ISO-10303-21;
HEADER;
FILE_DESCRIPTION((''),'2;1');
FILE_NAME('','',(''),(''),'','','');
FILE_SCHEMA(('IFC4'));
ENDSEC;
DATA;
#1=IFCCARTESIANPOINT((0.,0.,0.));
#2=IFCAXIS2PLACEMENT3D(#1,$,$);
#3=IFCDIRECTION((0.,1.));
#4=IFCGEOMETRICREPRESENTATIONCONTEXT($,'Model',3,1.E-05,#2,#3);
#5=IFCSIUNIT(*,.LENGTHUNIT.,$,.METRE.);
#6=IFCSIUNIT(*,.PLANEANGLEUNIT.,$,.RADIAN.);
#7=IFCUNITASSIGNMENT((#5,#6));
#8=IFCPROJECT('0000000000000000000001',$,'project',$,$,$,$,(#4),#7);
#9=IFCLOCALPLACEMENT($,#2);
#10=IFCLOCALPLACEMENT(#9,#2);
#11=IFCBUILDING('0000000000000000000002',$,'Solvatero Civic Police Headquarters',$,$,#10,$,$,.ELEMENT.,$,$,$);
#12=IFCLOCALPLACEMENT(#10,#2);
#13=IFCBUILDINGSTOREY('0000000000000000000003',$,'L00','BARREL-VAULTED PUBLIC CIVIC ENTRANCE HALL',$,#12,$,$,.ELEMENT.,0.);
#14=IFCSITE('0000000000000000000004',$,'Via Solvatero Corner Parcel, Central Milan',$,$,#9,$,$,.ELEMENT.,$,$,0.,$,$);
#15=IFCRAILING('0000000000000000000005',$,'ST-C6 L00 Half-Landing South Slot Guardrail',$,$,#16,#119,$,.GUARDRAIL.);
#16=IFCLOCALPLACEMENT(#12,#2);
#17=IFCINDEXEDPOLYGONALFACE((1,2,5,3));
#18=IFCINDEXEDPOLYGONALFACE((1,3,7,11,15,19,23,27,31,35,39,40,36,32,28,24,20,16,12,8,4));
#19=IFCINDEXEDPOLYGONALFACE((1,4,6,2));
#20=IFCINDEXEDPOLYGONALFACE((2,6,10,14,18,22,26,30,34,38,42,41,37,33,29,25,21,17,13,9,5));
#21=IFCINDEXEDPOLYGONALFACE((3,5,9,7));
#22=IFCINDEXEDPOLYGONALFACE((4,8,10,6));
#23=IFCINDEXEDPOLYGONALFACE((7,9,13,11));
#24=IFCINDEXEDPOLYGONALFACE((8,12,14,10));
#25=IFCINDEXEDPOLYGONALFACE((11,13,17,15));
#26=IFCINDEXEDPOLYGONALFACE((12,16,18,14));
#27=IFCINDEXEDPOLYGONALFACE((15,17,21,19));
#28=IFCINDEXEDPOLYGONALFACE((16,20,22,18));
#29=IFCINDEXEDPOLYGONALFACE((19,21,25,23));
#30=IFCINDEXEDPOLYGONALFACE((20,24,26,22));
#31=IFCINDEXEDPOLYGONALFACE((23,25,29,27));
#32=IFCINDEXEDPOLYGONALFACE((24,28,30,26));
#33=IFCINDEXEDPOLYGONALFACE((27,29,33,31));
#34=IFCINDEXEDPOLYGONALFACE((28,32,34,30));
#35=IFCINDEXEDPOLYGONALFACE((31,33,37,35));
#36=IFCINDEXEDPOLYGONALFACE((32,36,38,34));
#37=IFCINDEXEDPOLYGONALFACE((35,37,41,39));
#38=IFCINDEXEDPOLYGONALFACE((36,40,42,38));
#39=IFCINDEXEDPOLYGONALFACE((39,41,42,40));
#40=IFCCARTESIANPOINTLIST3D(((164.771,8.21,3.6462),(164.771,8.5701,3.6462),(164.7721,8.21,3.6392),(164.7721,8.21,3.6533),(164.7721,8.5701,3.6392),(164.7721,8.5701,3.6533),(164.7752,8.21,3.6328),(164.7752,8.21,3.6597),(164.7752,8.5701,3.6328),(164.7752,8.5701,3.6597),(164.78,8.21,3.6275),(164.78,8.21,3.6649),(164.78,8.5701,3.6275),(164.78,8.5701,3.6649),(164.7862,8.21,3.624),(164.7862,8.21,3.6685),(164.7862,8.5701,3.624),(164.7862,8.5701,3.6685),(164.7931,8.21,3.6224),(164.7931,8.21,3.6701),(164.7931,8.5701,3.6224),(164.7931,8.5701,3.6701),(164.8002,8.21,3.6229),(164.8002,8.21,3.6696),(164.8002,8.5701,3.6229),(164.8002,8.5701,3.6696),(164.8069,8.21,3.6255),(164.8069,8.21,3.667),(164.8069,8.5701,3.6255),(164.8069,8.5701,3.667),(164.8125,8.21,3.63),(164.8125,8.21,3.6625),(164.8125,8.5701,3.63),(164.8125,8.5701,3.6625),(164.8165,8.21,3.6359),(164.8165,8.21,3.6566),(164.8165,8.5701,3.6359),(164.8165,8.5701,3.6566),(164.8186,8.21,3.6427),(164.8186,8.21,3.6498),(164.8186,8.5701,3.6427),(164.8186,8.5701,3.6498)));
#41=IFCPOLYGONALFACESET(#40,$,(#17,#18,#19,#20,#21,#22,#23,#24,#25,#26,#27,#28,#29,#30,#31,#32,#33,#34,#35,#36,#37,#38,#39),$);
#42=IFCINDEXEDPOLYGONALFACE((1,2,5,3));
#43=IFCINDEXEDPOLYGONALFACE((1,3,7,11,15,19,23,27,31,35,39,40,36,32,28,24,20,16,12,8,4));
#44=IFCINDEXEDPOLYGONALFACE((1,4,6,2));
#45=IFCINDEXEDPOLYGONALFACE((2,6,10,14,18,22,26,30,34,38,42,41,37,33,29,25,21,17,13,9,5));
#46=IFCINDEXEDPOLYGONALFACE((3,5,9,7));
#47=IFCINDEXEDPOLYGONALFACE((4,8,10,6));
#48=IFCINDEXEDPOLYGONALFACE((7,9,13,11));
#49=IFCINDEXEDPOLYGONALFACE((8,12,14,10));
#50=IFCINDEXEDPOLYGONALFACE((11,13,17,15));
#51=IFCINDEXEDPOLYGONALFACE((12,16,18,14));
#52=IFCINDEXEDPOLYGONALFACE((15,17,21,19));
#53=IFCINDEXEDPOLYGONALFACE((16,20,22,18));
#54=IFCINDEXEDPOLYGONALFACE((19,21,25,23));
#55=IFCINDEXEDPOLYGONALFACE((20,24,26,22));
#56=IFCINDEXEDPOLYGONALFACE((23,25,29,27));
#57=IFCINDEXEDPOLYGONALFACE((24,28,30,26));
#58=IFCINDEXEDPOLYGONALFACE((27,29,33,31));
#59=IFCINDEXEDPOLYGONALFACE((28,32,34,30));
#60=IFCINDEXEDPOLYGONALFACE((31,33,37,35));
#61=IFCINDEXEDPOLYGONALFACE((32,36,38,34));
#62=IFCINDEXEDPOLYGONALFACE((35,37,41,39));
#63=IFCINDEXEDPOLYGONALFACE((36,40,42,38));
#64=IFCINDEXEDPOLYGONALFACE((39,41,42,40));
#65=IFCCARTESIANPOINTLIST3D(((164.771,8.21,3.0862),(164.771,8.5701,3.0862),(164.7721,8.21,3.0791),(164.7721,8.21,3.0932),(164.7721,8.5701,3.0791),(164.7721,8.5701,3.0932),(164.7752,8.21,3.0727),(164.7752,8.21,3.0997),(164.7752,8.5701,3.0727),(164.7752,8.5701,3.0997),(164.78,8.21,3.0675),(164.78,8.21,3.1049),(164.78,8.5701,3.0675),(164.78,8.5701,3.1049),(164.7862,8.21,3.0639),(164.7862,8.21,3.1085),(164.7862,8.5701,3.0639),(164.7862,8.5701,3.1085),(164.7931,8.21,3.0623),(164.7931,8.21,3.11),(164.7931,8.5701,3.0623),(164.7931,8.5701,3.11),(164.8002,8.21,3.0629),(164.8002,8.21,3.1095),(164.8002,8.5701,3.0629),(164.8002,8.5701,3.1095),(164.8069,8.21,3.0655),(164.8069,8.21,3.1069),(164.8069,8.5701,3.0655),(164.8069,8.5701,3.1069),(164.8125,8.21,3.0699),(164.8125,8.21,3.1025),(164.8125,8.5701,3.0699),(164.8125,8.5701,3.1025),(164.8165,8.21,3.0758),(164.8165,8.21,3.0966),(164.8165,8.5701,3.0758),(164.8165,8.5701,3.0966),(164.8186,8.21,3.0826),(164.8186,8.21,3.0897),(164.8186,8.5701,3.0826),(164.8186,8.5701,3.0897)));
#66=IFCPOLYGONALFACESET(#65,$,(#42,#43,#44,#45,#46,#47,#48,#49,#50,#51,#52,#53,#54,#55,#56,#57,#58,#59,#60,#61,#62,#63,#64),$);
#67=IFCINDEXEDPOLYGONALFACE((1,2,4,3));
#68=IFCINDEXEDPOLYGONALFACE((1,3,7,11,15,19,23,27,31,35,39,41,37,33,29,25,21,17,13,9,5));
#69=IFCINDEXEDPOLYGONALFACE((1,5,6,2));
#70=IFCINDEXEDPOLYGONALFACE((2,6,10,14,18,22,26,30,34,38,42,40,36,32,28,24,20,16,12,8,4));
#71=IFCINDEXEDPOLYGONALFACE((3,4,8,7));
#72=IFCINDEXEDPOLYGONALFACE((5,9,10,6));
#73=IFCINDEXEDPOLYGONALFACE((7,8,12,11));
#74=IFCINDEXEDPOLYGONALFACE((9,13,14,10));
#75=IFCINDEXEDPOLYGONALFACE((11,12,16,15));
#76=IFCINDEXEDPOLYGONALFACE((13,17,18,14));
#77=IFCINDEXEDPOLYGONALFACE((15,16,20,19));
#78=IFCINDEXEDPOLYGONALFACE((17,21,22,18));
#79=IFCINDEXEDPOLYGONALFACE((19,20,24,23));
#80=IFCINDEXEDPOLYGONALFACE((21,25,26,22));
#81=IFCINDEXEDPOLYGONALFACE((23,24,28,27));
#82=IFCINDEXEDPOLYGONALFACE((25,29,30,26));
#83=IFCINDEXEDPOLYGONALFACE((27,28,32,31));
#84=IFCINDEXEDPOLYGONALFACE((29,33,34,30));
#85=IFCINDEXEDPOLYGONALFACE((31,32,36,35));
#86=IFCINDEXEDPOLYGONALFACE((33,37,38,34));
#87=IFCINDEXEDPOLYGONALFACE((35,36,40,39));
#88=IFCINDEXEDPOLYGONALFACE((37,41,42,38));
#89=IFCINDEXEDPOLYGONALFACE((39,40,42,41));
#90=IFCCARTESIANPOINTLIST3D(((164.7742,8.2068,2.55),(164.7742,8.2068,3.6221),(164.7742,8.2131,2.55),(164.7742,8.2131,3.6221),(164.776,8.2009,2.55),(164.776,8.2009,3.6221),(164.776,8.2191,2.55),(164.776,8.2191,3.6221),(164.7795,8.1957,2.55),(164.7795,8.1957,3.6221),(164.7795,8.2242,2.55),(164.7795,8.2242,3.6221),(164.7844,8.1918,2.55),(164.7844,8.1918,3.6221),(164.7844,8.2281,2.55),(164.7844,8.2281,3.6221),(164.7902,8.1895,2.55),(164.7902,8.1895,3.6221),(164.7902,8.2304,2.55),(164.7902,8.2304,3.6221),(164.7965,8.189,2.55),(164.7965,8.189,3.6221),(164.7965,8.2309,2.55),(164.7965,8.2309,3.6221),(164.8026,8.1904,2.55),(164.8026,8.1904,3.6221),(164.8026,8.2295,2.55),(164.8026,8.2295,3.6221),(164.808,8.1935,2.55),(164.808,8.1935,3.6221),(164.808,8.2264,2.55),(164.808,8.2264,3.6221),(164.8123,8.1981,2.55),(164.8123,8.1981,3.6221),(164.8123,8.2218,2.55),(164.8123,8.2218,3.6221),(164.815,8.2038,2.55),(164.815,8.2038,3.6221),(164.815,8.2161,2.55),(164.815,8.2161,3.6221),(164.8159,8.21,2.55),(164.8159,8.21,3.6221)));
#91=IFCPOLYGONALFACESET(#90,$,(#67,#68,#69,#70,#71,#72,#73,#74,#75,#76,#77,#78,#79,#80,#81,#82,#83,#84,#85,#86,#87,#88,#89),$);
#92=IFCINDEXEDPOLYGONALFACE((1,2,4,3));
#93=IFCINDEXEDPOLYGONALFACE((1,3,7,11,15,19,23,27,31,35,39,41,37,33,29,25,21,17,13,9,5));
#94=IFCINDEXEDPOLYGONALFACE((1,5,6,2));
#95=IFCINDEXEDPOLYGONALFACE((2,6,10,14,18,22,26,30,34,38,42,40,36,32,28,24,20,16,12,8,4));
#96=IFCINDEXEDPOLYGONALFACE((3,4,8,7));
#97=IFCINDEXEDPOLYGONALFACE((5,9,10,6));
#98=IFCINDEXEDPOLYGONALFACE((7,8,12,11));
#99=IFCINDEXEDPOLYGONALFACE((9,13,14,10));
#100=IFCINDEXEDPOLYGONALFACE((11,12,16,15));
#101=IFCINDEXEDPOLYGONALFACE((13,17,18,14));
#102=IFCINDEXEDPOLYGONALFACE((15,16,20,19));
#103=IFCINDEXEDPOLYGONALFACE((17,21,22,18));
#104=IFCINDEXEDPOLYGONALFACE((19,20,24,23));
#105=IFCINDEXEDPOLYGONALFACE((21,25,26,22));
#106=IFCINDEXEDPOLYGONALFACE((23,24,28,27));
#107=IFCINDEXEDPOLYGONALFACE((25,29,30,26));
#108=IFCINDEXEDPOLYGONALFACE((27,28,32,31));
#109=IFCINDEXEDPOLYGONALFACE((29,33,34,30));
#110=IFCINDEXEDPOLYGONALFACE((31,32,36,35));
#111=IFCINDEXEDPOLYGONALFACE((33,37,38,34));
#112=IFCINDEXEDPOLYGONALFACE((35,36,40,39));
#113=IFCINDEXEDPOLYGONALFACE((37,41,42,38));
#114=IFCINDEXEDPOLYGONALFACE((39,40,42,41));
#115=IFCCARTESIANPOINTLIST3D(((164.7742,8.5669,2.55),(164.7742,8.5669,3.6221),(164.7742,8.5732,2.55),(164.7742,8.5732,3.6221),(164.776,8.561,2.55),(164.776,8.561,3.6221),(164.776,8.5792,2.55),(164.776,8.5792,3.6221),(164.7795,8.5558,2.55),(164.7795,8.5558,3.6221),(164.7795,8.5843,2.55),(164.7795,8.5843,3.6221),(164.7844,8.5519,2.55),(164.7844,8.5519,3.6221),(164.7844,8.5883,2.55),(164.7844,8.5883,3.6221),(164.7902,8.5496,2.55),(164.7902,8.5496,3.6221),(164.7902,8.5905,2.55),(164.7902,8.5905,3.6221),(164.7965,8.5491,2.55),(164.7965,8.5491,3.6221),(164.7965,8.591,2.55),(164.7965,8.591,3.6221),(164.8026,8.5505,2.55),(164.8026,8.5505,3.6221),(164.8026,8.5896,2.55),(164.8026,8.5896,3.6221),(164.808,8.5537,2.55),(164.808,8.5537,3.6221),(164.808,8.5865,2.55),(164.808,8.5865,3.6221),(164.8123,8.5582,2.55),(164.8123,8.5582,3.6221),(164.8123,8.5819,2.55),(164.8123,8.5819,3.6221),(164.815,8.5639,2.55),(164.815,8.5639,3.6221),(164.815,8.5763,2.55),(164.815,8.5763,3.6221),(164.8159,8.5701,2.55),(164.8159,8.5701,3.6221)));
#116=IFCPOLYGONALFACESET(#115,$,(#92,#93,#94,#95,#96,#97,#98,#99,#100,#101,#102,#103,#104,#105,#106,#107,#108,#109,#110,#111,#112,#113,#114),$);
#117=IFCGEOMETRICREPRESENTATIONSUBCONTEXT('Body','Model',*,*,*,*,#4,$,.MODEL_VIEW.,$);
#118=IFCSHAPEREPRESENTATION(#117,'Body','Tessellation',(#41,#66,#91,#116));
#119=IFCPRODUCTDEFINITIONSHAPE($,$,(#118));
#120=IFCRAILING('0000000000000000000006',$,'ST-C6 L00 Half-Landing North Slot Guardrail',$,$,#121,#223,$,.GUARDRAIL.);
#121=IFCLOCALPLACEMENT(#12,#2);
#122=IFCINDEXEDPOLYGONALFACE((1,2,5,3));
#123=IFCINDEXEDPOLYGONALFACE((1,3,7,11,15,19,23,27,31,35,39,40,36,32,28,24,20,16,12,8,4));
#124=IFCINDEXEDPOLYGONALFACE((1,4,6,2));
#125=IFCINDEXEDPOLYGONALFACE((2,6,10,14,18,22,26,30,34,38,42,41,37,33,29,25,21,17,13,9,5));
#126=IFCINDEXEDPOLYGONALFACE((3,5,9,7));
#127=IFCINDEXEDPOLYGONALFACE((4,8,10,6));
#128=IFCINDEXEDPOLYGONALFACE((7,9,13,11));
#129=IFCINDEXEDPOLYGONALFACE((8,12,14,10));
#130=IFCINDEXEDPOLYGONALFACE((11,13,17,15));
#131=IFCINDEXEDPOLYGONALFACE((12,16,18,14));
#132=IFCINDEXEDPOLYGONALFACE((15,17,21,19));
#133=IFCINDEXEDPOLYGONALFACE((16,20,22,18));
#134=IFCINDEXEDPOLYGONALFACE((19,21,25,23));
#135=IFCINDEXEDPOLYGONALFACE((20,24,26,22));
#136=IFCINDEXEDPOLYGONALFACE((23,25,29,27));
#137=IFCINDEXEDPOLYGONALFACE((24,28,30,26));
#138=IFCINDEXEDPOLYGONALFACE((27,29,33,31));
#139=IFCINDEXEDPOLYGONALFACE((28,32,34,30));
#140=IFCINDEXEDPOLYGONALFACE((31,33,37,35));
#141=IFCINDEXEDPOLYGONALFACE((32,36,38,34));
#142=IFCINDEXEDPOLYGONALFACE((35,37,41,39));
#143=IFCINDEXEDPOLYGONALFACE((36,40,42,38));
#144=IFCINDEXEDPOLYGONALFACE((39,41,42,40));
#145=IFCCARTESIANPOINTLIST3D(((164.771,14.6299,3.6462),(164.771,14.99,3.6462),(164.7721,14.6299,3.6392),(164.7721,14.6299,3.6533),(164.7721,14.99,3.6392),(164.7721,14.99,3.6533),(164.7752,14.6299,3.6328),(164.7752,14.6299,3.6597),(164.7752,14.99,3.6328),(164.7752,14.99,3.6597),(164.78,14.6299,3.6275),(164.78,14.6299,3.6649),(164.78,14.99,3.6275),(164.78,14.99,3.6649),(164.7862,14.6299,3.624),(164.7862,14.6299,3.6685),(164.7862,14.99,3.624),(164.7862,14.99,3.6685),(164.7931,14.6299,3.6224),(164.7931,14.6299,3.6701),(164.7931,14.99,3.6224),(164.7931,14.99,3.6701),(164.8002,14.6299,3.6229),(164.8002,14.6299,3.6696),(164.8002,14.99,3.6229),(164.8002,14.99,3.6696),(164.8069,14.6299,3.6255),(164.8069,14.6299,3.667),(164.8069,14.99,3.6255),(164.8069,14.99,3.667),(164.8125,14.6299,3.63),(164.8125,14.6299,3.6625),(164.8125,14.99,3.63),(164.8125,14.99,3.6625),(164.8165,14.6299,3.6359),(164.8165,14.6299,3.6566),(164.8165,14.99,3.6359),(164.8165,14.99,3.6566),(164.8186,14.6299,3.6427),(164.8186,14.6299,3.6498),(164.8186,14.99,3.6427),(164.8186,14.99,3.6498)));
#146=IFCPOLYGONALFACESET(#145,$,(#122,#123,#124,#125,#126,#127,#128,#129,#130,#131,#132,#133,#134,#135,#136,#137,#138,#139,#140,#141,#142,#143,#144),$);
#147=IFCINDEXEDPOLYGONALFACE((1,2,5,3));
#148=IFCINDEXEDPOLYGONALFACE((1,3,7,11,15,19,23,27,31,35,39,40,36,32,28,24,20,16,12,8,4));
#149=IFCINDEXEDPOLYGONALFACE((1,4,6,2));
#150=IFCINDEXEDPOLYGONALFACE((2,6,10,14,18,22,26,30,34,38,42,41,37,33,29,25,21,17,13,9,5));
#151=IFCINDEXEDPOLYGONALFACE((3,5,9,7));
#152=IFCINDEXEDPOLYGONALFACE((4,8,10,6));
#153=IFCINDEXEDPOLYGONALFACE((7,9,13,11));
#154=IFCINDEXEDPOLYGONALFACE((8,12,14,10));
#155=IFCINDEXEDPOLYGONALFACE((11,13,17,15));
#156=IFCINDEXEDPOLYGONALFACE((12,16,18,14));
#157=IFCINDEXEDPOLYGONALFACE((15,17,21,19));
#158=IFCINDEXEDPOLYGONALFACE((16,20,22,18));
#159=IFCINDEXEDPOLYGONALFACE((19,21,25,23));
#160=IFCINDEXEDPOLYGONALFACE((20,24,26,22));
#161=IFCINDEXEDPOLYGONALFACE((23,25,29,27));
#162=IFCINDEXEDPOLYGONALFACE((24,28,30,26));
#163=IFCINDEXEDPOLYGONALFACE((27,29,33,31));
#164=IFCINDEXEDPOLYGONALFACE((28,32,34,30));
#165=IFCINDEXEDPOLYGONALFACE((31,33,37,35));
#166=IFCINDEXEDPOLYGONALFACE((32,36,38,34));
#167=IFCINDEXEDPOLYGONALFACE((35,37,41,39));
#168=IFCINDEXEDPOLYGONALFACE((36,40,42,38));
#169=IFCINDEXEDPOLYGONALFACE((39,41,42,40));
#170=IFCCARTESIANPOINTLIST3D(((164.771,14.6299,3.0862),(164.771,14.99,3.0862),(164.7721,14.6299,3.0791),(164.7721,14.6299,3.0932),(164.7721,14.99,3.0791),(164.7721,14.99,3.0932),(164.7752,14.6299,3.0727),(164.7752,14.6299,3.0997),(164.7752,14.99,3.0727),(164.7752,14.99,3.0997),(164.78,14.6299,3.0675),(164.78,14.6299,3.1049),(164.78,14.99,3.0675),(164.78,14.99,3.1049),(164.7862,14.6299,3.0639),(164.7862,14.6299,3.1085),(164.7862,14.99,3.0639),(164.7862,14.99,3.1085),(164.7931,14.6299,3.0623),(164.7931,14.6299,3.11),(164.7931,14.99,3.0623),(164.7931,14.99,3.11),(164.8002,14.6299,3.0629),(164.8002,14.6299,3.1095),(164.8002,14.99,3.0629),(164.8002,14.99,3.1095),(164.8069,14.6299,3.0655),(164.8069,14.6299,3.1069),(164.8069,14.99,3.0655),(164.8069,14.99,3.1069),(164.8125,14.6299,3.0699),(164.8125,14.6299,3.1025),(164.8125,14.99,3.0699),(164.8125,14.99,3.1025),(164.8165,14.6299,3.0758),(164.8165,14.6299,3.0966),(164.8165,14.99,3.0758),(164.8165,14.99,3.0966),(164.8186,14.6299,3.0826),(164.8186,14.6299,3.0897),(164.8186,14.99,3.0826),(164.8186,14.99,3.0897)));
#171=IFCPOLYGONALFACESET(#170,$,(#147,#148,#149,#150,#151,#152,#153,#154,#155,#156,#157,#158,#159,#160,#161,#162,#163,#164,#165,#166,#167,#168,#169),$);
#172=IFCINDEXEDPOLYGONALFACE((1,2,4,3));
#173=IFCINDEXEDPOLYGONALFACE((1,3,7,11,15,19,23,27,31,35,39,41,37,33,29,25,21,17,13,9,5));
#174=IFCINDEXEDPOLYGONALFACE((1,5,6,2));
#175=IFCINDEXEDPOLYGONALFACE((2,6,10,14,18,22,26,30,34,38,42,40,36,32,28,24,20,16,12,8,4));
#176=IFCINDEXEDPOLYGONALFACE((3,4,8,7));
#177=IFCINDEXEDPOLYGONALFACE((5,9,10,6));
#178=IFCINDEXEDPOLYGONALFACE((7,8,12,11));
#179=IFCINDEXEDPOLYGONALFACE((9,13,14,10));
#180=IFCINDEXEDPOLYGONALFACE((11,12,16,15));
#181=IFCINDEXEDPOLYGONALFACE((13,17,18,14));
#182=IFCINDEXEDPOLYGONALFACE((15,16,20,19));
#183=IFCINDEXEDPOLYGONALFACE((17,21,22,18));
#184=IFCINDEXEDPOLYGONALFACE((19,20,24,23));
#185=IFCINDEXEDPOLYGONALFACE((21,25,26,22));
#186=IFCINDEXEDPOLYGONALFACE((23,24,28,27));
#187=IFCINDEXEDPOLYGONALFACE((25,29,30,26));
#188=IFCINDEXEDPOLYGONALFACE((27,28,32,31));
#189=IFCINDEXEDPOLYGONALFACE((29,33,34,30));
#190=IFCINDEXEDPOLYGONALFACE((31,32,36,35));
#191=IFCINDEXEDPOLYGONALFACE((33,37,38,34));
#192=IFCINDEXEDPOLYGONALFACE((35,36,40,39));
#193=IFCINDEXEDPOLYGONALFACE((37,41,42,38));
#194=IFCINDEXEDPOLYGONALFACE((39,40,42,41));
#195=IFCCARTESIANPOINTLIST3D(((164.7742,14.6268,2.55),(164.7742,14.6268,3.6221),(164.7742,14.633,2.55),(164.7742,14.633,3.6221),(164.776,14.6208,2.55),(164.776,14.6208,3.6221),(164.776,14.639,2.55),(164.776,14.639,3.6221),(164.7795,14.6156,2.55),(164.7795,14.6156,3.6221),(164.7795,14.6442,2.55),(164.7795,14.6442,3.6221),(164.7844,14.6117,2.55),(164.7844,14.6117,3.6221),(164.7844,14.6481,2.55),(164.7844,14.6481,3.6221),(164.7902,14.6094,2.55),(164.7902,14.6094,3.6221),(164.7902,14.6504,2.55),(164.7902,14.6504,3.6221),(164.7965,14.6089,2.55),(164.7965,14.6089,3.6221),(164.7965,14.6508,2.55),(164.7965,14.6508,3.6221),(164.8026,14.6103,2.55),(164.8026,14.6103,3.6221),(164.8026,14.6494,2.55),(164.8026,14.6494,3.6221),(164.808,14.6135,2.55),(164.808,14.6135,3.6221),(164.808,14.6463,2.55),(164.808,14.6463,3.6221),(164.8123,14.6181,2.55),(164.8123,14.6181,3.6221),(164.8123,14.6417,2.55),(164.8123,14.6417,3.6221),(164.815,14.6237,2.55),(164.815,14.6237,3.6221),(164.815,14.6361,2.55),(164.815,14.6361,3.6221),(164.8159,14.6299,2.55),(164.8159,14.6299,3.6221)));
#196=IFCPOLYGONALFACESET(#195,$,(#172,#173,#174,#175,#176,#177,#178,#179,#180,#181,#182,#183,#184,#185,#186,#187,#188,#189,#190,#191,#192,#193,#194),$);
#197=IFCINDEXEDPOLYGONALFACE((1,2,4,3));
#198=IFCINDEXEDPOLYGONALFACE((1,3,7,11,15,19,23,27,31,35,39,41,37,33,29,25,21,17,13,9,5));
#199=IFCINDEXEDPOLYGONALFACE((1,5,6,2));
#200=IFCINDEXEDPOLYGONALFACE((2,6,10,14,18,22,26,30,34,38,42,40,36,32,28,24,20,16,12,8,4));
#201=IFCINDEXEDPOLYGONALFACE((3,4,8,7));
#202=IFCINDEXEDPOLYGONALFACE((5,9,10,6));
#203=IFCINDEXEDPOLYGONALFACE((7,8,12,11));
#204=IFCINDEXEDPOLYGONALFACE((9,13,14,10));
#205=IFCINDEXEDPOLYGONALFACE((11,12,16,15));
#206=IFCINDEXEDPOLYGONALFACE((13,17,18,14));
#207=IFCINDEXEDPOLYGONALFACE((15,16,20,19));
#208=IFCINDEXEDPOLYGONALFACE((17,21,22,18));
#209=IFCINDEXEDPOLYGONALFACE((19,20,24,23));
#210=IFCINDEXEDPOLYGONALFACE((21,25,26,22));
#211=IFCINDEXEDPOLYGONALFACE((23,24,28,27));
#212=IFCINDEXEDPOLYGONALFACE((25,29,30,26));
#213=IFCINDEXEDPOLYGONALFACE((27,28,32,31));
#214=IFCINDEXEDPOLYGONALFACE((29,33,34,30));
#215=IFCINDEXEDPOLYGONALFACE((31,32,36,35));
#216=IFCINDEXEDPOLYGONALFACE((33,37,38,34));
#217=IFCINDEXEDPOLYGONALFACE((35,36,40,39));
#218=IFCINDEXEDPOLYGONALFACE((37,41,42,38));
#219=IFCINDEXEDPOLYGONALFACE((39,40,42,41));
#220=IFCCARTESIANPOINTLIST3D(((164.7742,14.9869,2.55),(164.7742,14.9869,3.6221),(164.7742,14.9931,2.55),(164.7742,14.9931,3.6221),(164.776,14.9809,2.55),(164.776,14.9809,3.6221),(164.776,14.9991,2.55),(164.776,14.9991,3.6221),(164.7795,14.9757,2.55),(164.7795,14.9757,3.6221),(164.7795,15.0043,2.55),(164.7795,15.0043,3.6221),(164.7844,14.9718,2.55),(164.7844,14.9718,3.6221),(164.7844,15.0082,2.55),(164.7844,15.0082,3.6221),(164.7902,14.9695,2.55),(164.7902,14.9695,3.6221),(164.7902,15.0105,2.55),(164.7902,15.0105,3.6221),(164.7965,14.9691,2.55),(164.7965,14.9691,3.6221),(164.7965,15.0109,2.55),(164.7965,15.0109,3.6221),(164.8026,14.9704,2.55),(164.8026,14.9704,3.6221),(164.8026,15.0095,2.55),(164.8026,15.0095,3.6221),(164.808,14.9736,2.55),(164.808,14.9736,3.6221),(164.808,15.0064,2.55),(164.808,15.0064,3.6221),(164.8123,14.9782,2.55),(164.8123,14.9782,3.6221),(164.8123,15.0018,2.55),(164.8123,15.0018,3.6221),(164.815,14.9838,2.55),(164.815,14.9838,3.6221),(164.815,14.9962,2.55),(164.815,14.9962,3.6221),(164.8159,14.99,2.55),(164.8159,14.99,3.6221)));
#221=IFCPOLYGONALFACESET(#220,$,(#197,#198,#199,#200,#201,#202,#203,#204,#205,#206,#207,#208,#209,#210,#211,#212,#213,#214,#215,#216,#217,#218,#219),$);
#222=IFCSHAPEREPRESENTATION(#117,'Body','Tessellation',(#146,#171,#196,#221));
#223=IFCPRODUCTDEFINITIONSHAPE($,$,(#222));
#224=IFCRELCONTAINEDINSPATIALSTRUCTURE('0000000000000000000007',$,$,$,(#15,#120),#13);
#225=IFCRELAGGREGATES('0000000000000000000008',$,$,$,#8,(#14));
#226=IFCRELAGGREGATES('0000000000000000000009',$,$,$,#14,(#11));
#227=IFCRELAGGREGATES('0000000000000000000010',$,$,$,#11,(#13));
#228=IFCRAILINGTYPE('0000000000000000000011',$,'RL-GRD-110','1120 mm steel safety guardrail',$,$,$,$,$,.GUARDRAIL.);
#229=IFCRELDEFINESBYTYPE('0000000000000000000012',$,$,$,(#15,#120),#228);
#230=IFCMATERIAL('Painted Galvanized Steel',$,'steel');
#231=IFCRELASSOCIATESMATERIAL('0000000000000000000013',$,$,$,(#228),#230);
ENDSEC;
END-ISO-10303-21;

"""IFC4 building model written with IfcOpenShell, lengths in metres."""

from ifc_helpers import new_model, si_unit, direction, frame, origin, origin_2d, place, context, subcontext, project, spatial, circle, extrude, material, type_object, element, save


model = new_model("IFC4")

# Units and contexts
model_context = context("Model", 3, precision=1e-05, world=origin(), true_north=direction((0.0, 1.0)))
body_context = subcontext(model_context, "Body", "Model", "MODEL_VIEW")
ifc_project = project(units=[si_unit("LENGTHUNIT", "METRE"), si_unit("PLANEANGLEUNIT", "RADIAN")], contexts=[model_context])

# Site, building, storey
site_placement = place(None, origin())
site = spatial("IfcSite", under=ifc_project, at=site_placement, Name="Via Solvatero Corner Parcel, Central Milan", CompositionType="ELEMENT", RefElevation=0.0)
building_placement = place(site_placement, origin())
building = spatial("IfcBuilding", under=site, at=building_placement, Name="Solvatero Civic Police Headquarters", CompositionType="ELEMENT")
storey_placement = place(building_placement, origin())
storey = spatial("IfcBuildingStorey", under=building, at=storey_placement, Name="L00", Description="BARREL-VAULTED PUBLIC CIVIC ENTRANCE HALL", CompositionType="ELEMENT", Elevation=0.0)

# Railings
ifc_material_1 = material(Name="Painted Galvanized Steel", Category="steel")
railing_type_1 = type_object("IfcRailingType", Name="RL-GRD-110", Description="1120 mm steel safety guardrail", PredefinedType="GUARDRAIL", material=ifc_material_1)
for number, where, name in (
    (1, (164.7949, 8.21, 2.55), "ST-C6 L00 Half-Landing South Slot Guardrail"),
    (2, (164.7949, 14.6299, 2.55), "ST-C6 L00 Half-Landing North Slot Guardrail"),
):
    element("IfcRailing", number, at=place(storey_placement, frame(where)), inside=storey, type_object=railing_type_1, Name=name, PredefinedType="GUARDRAIL", context=body_context, shape_type="SweptSolid", body=[
        extrude(circle(Radius=0.0239, at=origin_2d()), frame((0.0, 0.0, 1.0962), z_axis=(0.0, 1.0, 0.0), x_axis=(-1.0, 0.0, 0.0)), (0.0, 0.0, 1.0), 0.3601),
        extrude(circle(Radius=0.0239, at=origin_2d()), frame((0.0, 0.0, 0.5361), z_axis=(0.0, 1.0, 0.0), x_axis=(-1.0, 0.0, 0.0)), (0.0, 0.0, 1.0), 0.3601),
        extrude(circle(Radius=0.021, at=origin_2d()), origin(), (0.0, 0.0, 1.0), 1.072),
        extrude(circle(Radius=0.021, at=origin_2d()), frame((0.0, 0.3601, 0.0)), (0.0, 0.0, 1.0), 1.072),
    ])

save(model, "model.ifc")
